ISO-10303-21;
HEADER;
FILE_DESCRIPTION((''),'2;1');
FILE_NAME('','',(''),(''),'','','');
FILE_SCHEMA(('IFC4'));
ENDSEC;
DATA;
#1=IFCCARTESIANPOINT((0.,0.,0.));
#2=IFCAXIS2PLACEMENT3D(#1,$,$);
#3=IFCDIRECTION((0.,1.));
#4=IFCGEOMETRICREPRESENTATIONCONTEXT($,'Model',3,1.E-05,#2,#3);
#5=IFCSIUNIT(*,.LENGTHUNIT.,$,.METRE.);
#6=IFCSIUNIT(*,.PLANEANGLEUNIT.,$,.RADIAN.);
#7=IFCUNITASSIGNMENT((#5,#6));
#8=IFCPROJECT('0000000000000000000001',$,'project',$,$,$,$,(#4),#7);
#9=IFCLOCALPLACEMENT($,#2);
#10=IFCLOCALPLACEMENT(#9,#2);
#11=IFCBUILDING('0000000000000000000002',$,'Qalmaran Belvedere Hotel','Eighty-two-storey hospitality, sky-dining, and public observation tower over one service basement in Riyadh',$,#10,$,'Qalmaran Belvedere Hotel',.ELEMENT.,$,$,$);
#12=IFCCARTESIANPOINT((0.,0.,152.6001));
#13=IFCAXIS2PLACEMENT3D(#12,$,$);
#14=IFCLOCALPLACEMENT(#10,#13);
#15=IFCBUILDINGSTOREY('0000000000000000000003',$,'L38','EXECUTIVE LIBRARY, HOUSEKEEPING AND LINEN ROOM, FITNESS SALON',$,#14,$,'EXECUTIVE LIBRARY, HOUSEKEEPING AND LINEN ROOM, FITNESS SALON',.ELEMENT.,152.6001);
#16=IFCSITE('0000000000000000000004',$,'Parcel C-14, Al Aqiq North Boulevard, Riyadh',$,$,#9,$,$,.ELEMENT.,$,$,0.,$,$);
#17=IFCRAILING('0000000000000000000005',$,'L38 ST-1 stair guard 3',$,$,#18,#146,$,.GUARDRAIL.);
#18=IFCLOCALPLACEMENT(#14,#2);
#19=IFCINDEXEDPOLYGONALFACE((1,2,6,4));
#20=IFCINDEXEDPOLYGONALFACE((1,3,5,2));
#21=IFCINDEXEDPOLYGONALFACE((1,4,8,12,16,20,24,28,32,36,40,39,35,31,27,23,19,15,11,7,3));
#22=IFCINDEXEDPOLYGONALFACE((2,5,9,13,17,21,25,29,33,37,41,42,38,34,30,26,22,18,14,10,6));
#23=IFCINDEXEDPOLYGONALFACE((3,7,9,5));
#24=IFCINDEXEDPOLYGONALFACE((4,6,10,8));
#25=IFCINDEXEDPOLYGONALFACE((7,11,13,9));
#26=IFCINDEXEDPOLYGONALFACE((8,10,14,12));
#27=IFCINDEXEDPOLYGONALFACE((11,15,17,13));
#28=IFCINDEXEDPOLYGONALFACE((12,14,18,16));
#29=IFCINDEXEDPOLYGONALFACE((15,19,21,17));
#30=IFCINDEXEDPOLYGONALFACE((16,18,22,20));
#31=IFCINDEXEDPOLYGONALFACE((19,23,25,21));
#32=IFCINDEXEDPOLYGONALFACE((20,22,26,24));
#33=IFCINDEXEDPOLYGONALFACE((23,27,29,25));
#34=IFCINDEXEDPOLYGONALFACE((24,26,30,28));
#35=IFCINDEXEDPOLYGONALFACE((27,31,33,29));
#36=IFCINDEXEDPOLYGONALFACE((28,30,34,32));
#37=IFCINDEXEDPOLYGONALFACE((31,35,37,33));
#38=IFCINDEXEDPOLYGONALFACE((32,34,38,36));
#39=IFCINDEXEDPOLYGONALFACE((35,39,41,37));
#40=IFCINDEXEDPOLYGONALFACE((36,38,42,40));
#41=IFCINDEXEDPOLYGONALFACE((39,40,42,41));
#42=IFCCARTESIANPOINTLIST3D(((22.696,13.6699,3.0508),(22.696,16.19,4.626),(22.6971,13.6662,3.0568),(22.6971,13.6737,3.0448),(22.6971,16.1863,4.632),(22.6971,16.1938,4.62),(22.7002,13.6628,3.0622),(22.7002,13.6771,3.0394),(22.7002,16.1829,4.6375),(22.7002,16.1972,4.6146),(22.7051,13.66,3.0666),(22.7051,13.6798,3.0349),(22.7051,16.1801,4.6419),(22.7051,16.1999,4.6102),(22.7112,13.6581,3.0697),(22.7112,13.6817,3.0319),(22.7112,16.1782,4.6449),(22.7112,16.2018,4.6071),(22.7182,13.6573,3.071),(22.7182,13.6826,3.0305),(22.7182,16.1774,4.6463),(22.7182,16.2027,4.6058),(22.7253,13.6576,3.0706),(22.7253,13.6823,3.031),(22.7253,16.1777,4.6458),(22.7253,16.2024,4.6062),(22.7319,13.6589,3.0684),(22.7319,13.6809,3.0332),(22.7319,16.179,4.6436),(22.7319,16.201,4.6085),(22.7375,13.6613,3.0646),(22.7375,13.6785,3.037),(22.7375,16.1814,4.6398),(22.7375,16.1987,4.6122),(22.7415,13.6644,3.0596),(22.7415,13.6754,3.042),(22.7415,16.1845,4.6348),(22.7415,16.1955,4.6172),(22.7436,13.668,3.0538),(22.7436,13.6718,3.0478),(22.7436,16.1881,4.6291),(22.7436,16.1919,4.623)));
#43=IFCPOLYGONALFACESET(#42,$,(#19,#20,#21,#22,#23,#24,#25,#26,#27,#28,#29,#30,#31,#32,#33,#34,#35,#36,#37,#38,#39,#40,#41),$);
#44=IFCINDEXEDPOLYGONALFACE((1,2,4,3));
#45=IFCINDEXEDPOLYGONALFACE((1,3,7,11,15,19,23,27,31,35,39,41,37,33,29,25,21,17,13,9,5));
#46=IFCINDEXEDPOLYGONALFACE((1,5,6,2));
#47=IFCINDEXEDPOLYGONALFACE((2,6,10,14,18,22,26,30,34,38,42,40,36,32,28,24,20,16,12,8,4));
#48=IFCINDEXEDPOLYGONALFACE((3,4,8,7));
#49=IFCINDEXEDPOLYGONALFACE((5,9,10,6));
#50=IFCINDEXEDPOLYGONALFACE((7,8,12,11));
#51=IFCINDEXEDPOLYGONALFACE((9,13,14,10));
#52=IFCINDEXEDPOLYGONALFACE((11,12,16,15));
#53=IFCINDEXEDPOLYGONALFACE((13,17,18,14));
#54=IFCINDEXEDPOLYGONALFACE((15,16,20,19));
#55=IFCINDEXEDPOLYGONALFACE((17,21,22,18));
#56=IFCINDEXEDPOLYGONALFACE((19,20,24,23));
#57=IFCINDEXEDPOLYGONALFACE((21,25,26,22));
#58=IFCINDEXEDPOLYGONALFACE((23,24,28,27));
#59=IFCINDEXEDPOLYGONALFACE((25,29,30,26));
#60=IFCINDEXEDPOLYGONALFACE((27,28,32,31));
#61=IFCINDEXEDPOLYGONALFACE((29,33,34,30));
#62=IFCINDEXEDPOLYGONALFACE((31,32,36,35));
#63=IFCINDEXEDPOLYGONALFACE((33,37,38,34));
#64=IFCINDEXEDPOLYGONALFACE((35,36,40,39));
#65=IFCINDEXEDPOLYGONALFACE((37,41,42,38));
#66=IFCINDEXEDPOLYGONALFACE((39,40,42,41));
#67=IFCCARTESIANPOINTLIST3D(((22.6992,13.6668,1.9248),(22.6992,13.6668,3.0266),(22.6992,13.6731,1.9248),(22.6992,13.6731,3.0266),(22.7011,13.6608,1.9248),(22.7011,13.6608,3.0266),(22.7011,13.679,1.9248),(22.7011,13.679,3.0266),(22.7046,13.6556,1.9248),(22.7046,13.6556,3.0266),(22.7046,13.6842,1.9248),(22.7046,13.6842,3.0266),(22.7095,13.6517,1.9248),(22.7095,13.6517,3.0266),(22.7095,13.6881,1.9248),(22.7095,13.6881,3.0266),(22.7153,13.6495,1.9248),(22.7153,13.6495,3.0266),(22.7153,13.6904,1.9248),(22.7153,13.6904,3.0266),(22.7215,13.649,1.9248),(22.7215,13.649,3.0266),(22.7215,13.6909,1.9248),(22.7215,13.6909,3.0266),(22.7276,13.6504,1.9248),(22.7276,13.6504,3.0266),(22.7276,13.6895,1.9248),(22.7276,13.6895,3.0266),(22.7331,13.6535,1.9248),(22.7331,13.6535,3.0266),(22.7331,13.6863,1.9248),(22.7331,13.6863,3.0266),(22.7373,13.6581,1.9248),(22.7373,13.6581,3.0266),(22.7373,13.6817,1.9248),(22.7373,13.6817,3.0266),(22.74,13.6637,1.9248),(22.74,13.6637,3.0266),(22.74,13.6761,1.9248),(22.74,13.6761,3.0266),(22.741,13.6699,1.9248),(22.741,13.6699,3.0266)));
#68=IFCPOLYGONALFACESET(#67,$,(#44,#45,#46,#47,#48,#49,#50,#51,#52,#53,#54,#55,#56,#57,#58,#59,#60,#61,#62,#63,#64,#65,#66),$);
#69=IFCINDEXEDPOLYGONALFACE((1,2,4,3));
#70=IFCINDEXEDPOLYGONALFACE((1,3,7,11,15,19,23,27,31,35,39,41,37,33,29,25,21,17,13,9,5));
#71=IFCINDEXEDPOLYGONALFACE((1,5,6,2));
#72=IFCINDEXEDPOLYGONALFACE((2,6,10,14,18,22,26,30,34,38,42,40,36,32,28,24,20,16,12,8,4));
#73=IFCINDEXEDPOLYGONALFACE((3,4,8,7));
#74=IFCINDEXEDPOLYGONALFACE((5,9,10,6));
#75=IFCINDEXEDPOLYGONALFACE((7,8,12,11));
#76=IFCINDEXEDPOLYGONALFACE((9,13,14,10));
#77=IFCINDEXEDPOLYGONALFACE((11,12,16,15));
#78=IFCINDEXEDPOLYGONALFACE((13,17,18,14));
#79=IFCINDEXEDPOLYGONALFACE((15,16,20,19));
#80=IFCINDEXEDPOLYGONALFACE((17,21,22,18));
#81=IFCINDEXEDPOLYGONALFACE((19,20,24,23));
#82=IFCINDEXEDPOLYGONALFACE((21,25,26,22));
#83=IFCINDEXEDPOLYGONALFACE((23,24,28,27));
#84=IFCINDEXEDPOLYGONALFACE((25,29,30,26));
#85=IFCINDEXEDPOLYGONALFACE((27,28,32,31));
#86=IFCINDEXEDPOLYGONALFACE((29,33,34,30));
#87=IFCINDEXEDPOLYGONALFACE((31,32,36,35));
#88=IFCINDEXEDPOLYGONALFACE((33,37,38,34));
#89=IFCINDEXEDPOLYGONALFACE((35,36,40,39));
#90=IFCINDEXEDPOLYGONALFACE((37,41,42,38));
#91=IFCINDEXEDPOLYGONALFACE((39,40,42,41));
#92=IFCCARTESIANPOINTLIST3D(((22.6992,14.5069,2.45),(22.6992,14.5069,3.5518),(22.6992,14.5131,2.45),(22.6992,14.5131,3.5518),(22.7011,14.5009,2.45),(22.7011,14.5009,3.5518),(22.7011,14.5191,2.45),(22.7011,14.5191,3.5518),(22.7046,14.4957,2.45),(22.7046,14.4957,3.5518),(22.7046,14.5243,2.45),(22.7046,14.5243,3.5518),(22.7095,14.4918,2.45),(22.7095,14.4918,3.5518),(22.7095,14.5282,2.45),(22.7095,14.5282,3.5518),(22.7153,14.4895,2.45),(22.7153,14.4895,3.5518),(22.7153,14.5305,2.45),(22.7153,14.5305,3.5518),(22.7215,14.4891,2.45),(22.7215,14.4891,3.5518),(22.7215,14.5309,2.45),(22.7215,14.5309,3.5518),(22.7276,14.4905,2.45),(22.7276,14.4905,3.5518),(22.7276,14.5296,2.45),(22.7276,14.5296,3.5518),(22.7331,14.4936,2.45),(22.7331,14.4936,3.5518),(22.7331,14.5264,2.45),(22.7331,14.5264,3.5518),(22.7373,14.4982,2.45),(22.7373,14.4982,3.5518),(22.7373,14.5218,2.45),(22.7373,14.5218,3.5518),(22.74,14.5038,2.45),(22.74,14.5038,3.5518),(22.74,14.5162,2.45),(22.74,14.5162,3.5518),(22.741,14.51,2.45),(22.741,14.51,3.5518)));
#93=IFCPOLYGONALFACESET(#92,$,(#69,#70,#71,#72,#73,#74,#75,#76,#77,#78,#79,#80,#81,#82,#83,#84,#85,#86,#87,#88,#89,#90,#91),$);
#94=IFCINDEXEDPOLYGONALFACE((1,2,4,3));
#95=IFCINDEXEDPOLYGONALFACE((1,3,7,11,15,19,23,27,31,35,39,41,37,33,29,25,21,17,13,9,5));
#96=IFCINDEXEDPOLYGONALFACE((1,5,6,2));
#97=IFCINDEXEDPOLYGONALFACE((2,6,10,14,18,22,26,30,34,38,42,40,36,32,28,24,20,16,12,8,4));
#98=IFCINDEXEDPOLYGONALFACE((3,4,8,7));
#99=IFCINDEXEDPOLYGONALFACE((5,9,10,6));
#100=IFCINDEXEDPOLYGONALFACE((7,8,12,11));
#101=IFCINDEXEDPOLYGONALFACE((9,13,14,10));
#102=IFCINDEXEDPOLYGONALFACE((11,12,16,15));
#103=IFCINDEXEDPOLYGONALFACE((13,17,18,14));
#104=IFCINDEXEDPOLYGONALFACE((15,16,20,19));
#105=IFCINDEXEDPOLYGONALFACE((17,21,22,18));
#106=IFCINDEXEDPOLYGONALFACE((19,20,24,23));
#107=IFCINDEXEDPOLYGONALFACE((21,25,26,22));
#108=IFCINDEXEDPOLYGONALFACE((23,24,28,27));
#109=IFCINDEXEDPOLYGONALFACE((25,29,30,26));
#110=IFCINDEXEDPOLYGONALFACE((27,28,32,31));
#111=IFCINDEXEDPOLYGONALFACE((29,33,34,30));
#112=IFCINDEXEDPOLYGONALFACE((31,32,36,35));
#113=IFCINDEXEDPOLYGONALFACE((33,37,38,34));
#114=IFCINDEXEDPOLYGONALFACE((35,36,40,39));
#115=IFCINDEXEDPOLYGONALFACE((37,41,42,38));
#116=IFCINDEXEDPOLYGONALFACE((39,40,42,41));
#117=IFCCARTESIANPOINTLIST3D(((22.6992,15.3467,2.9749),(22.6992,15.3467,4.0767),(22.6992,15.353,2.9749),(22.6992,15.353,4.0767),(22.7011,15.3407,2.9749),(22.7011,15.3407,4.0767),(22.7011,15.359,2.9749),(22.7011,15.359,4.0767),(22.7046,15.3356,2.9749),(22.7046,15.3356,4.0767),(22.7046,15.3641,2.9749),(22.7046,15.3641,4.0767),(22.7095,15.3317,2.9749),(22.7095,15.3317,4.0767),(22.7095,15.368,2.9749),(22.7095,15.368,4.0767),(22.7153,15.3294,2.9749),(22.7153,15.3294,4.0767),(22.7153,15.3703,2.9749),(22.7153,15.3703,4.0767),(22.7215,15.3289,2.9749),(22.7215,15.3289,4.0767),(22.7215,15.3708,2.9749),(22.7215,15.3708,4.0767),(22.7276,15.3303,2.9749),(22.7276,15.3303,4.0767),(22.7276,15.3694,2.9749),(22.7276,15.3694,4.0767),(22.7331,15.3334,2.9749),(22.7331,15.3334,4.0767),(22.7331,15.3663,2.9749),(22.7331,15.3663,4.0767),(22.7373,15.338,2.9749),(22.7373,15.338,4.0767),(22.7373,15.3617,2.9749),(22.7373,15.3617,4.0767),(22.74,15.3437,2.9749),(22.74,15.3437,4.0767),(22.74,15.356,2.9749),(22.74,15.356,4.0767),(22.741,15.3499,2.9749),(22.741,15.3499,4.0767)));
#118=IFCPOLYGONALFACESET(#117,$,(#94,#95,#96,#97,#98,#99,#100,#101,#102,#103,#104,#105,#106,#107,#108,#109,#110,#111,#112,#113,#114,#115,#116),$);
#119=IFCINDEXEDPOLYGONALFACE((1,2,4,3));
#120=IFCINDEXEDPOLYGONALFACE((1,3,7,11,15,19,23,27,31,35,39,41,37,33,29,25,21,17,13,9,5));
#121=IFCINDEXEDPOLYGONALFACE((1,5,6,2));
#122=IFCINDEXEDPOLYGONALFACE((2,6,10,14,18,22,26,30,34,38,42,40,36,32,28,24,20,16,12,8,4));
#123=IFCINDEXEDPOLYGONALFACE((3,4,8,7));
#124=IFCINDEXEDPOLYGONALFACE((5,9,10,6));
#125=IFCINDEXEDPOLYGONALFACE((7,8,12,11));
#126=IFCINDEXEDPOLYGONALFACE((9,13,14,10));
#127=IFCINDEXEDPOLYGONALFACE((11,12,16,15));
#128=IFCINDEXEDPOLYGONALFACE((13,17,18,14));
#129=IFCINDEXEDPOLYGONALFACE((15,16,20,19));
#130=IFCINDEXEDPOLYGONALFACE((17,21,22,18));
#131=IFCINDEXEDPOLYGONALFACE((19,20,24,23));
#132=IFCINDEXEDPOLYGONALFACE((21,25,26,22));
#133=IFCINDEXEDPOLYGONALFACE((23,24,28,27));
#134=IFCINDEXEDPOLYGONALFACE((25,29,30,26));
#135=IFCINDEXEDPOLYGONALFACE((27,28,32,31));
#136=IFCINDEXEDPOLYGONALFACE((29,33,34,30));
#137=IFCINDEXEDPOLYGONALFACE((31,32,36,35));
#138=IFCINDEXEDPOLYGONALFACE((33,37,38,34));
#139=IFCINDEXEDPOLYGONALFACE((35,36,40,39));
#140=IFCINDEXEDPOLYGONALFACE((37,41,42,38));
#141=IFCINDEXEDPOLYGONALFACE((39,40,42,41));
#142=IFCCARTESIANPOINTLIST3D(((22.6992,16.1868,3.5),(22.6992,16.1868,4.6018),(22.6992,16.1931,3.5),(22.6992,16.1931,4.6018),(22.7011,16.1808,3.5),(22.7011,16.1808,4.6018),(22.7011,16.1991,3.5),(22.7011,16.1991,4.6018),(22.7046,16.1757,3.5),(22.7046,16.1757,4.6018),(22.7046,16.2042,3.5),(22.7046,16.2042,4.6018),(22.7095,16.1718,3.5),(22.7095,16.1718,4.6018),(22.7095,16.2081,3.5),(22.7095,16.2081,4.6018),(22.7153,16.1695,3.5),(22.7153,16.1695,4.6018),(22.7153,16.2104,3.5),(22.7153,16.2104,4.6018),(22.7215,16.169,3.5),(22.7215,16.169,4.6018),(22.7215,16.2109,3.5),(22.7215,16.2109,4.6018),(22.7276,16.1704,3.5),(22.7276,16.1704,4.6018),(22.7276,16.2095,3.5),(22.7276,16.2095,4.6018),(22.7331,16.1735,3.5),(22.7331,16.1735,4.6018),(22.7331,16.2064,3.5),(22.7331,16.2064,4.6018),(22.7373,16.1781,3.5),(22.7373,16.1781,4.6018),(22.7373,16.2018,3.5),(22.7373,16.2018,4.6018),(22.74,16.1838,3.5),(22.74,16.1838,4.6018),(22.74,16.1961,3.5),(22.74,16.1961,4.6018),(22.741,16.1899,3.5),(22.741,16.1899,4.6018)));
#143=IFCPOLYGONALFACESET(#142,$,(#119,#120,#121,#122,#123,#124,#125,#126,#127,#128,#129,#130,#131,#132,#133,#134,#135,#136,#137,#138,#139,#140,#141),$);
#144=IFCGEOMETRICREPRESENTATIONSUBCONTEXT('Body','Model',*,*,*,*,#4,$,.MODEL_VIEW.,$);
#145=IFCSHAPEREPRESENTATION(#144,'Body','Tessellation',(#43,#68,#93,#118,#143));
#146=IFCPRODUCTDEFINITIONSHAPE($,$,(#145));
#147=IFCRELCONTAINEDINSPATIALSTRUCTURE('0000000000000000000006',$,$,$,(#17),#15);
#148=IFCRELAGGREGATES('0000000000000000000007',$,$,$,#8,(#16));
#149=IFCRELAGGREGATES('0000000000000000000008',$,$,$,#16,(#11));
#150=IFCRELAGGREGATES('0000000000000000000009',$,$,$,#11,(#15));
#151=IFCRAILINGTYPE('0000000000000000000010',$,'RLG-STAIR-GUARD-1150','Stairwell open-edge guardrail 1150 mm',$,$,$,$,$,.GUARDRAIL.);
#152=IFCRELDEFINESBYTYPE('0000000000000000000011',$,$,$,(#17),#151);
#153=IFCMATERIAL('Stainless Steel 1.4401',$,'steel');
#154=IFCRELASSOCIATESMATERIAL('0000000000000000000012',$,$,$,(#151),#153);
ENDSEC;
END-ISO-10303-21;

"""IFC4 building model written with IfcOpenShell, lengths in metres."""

from ifc_helpers import new_model, si_unit, direction, frame, origin, origin_2d, place, context, subcontext, project, spatial, circle, extrude, material, type_object, element, save


model = new_model("IFC4")

# Units and contexts
model_context = context("Model", 3, precision=1e-05, world=origin(), true_north=direction((0.0, 1.0)))
body_context = subcontext(model_context, "Body", "Model", "MODEL_VIEW")
ifc_project = project(units=[si_unit("LENGTHUNIT", "METRE"), si_unit("PLANEANGLEUNIT", "RADIAN")], contexts=[model_context])

# Site, building, storey
site_placement = place(None, origin())
site = spatial("IfcSite", under=ifc_project, at=site_placement, Name="Parcel C-14, Al Aqiq North Boulevard, Riyadh", CompositionType="ELEMENT", RefElevation=0.0)
building_placement = place(site_placement, origin())
building = spatial("IfcBuilding", under=site, at=building_placement, Name="Qalmaran Belvedere Hotel", Description="Eighty-two-storey hospitality, sky-dining, and public observation tower over one service basement in Riyadh", LongName="Qalmaran Belvedere Hotel", CompositionType="ELEMENT")
storey_placement = place(building_placement, frame((0.0, 0.0, 152.6001)))
storey = spatial("IfcBuildingStorey", under=building, at=storey_placement, Name="L38", Description="EXECUTIVE LIBRARY, HOUSEKEEPING AND LINEN ROOM, FITNESS SALON", LongName="EXECUTIVE LIBRARY, HOUSEKEEPING AND LINEN ROOM, FITNESS SALON", CompositionType="ELEMENT", Elevation=152.6001)

# Shared definitions
ifc_material_1 = material(Name="Stainless Steel 1.4401", Category="steel")

# Railing
railing_type_1 = type_object("IfcRailingType", Name="RLG-STAIR-GUARD-1150", Description="Stairwell open-edge guardrail 1150 mm", PredefinedType="GUARDRAIL", material=ifc_material_1)
railing_1_placement = place(storey_placement, frame((22.72, 13.6699, 1.9248)))
element("IfcRailing", 1, at=railing_1_placement, inside=storey, type_object=railing_type_1, Name="L38 ST-1 stair guard 3", PredefinedType="GUARDRAIL", context=body_context, shape_type="SweptSolid", body=[
    extrude(circle(Radius=0.0239, at=origin_2d()), frame((0.0, 0.0, 1.126), z_axis=(0.0, 0.847971, 0.530043), x_axis=(-1.0, 0.0, 0.0)), (0.0, 0.0, 1.0), 2.9719),
    extrude(circle(Radius=0.021, at=origin_2d()), origin(), (0.0, 0.0, 1.0), 1.1018),
    extrude(circle(Radius=0.021, at=origin_2d()), frame((0.0, 0.8401, 0.5251)), (0.0, 0.0, 1.0), 1.1018),
    extrude(circle(Radius=0.021, at=origin_2d()), frame((0.0, 1.6799, 1.05)), (0.0, 0.0, 1.0), 1.1018),
    extrude(circle(Radius=0.021, at=origin_2d()), frame((0.0, 2.52, 1.5752)), (0.0, 0.0, 1.0), 1.1018),
])

save(model, "model.ifc")
